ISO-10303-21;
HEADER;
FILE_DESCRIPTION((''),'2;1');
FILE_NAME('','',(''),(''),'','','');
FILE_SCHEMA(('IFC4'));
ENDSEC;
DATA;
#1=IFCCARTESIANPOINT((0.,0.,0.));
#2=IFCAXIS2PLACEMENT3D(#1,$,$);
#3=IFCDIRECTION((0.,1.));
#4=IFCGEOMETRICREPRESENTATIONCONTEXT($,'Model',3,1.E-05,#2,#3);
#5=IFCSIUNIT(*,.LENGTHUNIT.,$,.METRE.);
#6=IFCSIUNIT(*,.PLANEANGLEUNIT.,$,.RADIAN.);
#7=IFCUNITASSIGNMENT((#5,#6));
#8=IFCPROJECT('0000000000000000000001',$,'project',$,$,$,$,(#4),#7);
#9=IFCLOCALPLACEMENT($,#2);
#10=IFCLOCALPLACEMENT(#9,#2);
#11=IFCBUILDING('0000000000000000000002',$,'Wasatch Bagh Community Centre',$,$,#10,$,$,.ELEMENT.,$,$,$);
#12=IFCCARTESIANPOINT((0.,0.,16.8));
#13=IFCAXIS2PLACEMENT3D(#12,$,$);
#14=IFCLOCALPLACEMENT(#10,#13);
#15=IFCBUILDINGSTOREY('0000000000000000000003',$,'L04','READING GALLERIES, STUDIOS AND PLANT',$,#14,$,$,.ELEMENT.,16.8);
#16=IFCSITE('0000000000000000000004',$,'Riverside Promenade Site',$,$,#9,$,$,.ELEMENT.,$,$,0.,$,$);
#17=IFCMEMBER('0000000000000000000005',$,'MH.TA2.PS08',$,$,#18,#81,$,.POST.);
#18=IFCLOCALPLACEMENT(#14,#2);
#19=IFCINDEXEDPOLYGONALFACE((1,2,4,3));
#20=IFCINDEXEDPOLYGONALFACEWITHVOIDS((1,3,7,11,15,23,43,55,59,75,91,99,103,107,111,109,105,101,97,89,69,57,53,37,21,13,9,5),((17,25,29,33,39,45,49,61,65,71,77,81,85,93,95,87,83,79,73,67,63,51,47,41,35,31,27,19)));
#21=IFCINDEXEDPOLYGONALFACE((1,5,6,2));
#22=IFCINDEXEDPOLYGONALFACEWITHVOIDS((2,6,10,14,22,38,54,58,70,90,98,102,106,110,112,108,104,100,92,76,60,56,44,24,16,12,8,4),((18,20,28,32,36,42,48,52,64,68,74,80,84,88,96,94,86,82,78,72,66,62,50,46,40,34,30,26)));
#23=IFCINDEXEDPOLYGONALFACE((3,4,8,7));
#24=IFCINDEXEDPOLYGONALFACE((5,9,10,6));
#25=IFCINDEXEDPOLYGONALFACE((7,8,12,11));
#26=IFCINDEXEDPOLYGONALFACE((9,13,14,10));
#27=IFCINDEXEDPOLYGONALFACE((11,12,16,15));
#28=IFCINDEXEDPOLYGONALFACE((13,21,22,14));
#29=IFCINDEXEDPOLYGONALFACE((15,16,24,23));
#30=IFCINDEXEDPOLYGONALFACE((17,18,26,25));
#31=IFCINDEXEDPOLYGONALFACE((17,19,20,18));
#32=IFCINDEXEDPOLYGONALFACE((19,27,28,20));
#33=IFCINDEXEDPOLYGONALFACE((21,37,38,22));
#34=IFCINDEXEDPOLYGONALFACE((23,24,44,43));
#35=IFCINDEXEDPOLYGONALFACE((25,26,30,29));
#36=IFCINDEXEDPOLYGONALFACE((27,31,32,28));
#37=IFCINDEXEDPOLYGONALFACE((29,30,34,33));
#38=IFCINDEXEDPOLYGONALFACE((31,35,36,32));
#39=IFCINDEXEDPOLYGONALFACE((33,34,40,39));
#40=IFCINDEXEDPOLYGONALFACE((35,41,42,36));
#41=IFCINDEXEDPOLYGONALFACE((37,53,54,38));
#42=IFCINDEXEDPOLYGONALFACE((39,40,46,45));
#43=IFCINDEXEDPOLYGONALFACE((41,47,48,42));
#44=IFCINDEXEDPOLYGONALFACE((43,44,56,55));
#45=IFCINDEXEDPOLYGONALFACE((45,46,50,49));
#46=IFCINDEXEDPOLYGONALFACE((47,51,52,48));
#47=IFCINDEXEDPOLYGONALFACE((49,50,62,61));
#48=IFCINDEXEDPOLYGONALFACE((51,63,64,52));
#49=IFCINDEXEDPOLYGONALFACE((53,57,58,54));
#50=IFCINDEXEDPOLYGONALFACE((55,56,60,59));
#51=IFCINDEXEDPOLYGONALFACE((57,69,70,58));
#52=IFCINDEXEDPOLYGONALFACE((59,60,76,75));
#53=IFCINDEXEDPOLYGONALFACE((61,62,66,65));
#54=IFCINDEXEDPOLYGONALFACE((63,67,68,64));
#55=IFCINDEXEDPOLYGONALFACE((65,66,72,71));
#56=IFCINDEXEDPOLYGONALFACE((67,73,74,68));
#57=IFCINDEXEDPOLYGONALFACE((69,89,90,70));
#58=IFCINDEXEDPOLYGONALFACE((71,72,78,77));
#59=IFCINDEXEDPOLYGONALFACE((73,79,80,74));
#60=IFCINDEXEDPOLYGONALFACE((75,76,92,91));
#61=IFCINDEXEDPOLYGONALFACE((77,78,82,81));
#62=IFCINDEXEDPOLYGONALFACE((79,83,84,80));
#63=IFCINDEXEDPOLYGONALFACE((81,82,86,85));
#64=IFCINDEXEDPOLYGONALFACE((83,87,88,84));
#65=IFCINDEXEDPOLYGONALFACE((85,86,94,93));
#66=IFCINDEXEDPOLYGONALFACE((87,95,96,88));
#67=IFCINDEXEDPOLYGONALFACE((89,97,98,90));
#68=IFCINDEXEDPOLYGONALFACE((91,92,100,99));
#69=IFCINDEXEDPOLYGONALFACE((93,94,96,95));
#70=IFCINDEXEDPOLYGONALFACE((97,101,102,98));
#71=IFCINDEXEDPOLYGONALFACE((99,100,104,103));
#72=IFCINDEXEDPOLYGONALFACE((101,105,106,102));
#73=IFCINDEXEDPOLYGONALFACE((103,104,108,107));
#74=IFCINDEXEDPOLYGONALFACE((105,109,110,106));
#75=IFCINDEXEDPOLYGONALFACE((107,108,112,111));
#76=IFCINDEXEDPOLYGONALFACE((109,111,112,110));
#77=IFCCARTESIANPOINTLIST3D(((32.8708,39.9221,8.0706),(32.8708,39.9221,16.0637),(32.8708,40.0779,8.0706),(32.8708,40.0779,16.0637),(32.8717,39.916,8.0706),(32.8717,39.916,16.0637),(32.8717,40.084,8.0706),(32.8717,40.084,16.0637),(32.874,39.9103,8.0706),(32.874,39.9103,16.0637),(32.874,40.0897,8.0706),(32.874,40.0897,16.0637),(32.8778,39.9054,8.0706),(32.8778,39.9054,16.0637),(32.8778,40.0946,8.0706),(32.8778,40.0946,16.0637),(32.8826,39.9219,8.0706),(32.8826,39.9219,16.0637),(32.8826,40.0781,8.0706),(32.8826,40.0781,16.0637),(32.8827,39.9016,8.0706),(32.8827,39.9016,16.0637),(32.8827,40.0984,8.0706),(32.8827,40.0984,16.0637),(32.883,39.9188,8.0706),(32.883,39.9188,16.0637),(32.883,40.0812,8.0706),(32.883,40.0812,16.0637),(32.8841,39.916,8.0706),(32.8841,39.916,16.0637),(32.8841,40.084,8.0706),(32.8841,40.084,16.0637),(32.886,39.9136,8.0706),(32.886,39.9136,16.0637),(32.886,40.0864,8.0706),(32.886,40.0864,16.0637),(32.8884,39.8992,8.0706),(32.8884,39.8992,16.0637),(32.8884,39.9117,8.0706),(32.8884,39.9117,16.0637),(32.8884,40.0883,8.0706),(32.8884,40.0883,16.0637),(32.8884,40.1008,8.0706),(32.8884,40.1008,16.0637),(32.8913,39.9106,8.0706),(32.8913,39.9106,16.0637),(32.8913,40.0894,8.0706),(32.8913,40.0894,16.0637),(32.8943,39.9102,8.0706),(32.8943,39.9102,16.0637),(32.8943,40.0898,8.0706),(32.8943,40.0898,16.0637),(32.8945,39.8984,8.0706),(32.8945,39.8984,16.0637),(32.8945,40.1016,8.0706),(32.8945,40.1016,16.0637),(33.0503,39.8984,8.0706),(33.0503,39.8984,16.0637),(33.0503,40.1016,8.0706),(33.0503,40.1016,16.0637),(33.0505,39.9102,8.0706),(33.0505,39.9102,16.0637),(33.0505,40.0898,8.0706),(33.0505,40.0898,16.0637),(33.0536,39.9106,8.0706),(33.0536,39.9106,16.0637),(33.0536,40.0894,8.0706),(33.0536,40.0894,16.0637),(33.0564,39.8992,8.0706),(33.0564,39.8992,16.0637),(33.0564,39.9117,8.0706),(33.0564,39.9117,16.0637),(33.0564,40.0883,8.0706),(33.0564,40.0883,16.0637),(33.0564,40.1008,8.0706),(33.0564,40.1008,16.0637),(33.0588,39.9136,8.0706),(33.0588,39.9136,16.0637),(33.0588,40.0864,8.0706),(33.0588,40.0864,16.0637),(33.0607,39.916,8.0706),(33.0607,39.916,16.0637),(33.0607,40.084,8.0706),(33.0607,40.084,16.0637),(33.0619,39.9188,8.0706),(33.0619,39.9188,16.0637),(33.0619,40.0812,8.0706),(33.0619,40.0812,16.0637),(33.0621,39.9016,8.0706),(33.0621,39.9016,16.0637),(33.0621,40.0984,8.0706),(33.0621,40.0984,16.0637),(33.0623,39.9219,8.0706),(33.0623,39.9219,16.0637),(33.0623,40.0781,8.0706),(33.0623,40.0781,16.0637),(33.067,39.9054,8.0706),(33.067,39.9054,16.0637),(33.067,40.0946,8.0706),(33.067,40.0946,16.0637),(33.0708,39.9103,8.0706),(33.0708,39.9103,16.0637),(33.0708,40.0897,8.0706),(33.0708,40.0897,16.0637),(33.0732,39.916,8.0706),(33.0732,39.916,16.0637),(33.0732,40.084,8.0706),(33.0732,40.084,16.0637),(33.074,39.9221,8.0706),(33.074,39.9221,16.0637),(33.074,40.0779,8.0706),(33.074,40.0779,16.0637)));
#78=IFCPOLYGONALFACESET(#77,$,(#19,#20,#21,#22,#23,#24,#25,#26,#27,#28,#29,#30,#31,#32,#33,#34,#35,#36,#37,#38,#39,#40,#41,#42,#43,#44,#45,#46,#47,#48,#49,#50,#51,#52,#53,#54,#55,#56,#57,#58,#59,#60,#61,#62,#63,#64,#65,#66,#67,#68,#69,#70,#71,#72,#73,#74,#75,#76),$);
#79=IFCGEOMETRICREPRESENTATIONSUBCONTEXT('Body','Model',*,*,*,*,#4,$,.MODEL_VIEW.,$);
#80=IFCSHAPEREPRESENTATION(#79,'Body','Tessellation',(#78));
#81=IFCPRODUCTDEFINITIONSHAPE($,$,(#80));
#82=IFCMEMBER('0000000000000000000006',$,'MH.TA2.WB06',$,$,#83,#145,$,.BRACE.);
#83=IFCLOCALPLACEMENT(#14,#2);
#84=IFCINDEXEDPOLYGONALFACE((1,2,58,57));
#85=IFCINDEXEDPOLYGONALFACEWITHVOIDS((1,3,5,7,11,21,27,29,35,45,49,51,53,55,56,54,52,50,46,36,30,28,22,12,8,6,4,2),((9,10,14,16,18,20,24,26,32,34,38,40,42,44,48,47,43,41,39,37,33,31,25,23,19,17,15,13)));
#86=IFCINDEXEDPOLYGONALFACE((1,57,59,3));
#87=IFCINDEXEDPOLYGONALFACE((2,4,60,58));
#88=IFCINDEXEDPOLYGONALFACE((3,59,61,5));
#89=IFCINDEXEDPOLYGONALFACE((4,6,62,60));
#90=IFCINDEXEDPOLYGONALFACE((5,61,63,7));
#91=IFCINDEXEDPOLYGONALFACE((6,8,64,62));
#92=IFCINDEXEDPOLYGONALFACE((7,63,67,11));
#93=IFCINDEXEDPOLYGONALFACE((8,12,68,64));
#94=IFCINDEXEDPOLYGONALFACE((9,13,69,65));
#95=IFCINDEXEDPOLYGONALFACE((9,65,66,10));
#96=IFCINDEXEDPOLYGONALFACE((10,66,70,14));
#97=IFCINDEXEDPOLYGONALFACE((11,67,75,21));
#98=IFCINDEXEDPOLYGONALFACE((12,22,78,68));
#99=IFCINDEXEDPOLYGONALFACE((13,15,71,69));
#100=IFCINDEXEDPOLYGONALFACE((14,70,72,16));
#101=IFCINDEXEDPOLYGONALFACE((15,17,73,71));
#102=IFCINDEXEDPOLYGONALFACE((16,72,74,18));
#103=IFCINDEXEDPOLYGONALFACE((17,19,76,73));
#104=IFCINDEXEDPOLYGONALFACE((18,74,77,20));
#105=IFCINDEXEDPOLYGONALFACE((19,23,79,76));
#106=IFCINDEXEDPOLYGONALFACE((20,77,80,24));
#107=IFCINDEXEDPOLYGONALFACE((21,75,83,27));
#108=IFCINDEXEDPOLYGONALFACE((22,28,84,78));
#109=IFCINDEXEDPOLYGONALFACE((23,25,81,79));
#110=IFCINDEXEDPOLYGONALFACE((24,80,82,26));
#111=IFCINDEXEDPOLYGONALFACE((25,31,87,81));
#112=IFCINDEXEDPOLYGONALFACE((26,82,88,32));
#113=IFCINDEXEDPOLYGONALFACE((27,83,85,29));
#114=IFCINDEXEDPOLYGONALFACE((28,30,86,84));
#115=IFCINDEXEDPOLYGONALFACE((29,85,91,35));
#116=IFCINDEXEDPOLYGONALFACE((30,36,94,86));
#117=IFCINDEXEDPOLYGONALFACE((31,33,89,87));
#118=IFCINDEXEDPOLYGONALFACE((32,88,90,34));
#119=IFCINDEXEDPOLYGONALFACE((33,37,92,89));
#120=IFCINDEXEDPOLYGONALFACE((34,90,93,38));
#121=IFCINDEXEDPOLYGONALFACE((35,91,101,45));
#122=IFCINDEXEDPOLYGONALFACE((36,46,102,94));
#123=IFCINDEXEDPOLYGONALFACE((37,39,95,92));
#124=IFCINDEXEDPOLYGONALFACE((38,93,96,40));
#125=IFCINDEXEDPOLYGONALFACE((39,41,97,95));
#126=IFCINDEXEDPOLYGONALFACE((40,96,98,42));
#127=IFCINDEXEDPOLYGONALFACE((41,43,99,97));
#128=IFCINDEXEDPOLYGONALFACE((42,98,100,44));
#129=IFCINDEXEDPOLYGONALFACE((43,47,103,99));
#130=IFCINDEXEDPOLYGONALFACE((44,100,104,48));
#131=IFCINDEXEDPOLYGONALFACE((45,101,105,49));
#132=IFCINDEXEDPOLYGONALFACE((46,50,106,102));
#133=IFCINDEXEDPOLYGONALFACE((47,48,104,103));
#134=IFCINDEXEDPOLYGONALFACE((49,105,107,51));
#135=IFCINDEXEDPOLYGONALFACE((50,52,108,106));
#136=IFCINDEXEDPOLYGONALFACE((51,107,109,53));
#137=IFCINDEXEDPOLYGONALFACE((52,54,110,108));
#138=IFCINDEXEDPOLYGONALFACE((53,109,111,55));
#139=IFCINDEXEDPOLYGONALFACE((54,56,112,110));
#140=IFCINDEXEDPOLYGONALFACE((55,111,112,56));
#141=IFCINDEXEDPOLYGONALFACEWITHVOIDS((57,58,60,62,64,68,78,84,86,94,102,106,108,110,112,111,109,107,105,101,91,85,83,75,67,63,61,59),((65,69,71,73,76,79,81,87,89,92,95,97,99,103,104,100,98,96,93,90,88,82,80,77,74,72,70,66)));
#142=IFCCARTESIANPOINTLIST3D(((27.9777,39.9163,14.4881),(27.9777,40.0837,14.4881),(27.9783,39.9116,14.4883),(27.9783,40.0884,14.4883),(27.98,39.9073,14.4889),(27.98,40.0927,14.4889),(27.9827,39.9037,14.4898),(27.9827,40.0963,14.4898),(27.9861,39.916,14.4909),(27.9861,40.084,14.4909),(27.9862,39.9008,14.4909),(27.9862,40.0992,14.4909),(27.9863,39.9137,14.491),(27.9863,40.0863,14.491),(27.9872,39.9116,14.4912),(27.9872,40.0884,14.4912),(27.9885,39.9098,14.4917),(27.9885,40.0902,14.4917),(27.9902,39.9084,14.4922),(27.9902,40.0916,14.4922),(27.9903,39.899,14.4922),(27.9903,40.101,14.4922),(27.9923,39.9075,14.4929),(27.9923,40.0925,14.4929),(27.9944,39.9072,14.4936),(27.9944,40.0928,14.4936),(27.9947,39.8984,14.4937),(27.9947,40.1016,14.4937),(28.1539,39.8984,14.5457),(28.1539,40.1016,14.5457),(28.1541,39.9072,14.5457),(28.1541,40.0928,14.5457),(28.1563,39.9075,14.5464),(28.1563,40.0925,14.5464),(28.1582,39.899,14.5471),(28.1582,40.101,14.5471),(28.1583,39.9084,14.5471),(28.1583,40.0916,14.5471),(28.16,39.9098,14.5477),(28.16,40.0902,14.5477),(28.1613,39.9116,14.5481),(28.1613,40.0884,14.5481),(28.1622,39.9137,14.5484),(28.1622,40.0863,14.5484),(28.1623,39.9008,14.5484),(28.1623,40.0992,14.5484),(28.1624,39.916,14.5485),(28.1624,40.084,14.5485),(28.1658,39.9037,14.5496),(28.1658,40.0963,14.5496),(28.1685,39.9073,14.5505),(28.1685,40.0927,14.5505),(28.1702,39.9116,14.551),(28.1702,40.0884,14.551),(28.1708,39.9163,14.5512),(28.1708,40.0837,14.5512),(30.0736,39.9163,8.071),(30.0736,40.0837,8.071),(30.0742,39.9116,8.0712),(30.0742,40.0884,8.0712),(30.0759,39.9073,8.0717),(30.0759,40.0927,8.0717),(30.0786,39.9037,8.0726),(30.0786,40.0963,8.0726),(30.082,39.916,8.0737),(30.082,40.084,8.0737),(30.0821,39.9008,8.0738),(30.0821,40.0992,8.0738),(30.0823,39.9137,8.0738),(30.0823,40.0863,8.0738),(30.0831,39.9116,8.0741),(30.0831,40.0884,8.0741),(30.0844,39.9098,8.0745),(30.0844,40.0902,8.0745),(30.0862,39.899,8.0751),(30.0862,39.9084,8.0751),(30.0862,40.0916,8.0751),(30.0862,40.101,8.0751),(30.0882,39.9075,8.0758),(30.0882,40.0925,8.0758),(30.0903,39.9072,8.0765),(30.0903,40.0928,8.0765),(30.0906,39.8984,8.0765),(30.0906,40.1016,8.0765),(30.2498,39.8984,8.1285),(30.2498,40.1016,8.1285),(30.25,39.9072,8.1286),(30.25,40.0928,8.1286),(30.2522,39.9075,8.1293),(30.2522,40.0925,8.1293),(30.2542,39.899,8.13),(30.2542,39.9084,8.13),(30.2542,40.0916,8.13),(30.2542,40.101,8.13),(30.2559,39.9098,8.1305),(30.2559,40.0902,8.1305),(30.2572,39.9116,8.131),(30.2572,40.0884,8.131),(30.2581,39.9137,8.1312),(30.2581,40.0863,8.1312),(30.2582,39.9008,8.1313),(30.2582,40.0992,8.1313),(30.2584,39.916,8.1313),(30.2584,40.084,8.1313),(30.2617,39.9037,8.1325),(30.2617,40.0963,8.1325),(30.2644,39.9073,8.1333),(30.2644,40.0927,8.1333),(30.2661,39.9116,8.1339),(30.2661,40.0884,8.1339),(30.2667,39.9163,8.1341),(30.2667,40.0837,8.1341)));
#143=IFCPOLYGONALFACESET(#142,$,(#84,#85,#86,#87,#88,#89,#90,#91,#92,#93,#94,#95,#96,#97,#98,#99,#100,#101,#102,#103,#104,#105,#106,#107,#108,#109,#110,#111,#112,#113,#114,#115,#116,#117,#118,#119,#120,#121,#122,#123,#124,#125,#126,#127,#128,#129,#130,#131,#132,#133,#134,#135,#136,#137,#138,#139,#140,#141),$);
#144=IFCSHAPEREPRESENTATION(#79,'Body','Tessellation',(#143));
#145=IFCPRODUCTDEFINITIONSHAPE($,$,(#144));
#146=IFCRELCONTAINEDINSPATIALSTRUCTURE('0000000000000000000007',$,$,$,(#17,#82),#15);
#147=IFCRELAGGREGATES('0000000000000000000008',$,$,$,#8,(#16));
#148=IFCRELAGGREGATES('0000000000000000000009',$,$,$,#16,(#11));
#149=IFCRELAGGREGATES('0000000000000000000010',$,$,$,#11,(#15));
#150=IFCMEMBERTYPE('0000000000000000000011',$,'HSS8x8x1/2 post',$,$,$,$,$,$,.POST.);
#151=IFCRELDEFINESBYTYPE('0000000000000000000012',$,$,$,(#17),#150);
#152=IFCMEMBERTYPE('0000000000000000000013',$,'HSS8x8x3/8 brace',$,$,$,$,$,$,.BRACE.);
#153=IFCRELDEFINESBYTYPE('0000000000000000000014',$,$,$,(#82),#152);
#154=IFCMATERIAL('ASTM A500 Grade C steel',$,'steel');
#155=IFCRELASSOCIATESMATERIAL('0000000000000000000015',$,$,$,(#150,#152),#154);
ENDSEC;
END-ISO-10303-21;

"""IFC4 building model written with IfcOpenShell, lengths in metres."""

from ifc_helpers import new_model, si_unit, direction, frame, origin, origin_2d, place, context, subcontext, project, spatial, hollow_rectangle, extrude, material, material_profile, profile_set, type_object, element, save


model = new_model("IFC4")

# Units and contexts
model_context = context("Model", 3, precision=1e-05, world=origin(), true_north=direction((0.0, 1.0)))
body_context = subcontext(model_context, "Body", "Model", "MODEL_VIEW")
ifc_project = project(units=[si_unit("LENGTHUNIT", "METRE"), si_unit("PLANEANGLEUNIT", "RADIAN")], contexts=[model_context])

# Site, building, storey
site_placement = place(None, origin())
site = spatial("IfcSite", under=ifc_project, at=site_placement, Name="Riverside Promenade Site", CompositionType="ELEMENT", RefElevation=0.0)
building_placement = place(site_placement, origin())
building = spatial("IfcBuilding", under=site, at=building_placement, Name="Wasatch Bagh Community Centre", CompositionType="ELEMENT")
storey_placement = place(building_placement, frame((0.0, 0.0, 16.8)))
storey = spatial("IfcBuildingStorey", under=building, at=storey_placement, Name="L04", Description="READING GALLERIES, STUDIOS AND PLANT", CompositionType="ELEMENT", Elevation=16.8)

# Members
ifc_material_1 = material(Name="ASTM A500 Grade C steel", Category="steel")
ifc_material_profile_1 = material_profile(ifc_material_1, hollow_rectangle(XDim=0.2031, YDim=0.2031, WallThickness=0.0117, InnerFilletRadius=0.0117, OuterFilletRadius=0.0237, at=origin_2d()), Name="HSS8x8x1/2")
ifc_profile_set_1 = profile_set([ifc_material_profile_1], Name="ASTM A500 Grade C steel")
member_type_1 = type_object("IfcMemberType", Name="HSS8x8x1/2 post", PredefinedType="POST", material=ifc_profile_set_1)
member_1_placement = place(storey_placement, frame((32.9724, 40.0, 8.0706), z_axis=(0.0, 0.0, 1.0), x_axis=(1.0, 0.0, 0.0)))
element("IfcMember", 1, at=member_1_placement, inside=storey, type_object=member_type_1, Name="MH.TA2.PS08", PredefinedType="POST", context=body_context, shape_type="SweptSolid", body=[
    extrude(hollow_rectangle(XDim=0.2031, YDim=0.2031, WallThickness=0.0117, InnerFilletRadius=0.0117, OuterFilletRadius=0.0237, at=origin_2d()), origin(), (0.0, 0.0, 1.0), 7.9932),
])
ifc_material_profile_2 = material_profile(ifc_material_1, hollow_rectangle(XDim=0.2031, YDim=0.2031, WallThickness=0.0088, InnerFilletRadius=0.0088, OuterFilletRadius=0.0178, at=origin_2d()), Name="HSS8x8x3/8")
ifc_profile_set_2 = profile_set([ifc_material_profile_2], Name="ASTM A500 Grade C steel")
member_type_2 = type_object("IfcMemberType", Name="HSS8x8x3/8 brace", PredefinedType="BRACE", material=ifc_profile_set_2)
member_2_placement = place(storey_placement, frame((30.1702, 40.0, 8.1025), z_axis=(-0.310472, 0.0, 0.950583), x_axis=(0.0, -1.0, 0.0)))
element("IfcMember", 2, at=member_2_placement, inside=storey, type_object=member_type_2, Name="MH.TA2.WB06", PredefinedType="BRACE", context=body_context, shape_type="SweptSolid", body=[
    extrude(hollow_rectangle(XDim=0.2031, YDim=0.2031, WallThickness=0.0088, InnerFilletRadius=0.0088, OuterFilletRadius=0.0178, at=origin_2d()), origin(), (0.0, 0.0, 1.0), 6.7507),
])

save(model, "model.ifc")
